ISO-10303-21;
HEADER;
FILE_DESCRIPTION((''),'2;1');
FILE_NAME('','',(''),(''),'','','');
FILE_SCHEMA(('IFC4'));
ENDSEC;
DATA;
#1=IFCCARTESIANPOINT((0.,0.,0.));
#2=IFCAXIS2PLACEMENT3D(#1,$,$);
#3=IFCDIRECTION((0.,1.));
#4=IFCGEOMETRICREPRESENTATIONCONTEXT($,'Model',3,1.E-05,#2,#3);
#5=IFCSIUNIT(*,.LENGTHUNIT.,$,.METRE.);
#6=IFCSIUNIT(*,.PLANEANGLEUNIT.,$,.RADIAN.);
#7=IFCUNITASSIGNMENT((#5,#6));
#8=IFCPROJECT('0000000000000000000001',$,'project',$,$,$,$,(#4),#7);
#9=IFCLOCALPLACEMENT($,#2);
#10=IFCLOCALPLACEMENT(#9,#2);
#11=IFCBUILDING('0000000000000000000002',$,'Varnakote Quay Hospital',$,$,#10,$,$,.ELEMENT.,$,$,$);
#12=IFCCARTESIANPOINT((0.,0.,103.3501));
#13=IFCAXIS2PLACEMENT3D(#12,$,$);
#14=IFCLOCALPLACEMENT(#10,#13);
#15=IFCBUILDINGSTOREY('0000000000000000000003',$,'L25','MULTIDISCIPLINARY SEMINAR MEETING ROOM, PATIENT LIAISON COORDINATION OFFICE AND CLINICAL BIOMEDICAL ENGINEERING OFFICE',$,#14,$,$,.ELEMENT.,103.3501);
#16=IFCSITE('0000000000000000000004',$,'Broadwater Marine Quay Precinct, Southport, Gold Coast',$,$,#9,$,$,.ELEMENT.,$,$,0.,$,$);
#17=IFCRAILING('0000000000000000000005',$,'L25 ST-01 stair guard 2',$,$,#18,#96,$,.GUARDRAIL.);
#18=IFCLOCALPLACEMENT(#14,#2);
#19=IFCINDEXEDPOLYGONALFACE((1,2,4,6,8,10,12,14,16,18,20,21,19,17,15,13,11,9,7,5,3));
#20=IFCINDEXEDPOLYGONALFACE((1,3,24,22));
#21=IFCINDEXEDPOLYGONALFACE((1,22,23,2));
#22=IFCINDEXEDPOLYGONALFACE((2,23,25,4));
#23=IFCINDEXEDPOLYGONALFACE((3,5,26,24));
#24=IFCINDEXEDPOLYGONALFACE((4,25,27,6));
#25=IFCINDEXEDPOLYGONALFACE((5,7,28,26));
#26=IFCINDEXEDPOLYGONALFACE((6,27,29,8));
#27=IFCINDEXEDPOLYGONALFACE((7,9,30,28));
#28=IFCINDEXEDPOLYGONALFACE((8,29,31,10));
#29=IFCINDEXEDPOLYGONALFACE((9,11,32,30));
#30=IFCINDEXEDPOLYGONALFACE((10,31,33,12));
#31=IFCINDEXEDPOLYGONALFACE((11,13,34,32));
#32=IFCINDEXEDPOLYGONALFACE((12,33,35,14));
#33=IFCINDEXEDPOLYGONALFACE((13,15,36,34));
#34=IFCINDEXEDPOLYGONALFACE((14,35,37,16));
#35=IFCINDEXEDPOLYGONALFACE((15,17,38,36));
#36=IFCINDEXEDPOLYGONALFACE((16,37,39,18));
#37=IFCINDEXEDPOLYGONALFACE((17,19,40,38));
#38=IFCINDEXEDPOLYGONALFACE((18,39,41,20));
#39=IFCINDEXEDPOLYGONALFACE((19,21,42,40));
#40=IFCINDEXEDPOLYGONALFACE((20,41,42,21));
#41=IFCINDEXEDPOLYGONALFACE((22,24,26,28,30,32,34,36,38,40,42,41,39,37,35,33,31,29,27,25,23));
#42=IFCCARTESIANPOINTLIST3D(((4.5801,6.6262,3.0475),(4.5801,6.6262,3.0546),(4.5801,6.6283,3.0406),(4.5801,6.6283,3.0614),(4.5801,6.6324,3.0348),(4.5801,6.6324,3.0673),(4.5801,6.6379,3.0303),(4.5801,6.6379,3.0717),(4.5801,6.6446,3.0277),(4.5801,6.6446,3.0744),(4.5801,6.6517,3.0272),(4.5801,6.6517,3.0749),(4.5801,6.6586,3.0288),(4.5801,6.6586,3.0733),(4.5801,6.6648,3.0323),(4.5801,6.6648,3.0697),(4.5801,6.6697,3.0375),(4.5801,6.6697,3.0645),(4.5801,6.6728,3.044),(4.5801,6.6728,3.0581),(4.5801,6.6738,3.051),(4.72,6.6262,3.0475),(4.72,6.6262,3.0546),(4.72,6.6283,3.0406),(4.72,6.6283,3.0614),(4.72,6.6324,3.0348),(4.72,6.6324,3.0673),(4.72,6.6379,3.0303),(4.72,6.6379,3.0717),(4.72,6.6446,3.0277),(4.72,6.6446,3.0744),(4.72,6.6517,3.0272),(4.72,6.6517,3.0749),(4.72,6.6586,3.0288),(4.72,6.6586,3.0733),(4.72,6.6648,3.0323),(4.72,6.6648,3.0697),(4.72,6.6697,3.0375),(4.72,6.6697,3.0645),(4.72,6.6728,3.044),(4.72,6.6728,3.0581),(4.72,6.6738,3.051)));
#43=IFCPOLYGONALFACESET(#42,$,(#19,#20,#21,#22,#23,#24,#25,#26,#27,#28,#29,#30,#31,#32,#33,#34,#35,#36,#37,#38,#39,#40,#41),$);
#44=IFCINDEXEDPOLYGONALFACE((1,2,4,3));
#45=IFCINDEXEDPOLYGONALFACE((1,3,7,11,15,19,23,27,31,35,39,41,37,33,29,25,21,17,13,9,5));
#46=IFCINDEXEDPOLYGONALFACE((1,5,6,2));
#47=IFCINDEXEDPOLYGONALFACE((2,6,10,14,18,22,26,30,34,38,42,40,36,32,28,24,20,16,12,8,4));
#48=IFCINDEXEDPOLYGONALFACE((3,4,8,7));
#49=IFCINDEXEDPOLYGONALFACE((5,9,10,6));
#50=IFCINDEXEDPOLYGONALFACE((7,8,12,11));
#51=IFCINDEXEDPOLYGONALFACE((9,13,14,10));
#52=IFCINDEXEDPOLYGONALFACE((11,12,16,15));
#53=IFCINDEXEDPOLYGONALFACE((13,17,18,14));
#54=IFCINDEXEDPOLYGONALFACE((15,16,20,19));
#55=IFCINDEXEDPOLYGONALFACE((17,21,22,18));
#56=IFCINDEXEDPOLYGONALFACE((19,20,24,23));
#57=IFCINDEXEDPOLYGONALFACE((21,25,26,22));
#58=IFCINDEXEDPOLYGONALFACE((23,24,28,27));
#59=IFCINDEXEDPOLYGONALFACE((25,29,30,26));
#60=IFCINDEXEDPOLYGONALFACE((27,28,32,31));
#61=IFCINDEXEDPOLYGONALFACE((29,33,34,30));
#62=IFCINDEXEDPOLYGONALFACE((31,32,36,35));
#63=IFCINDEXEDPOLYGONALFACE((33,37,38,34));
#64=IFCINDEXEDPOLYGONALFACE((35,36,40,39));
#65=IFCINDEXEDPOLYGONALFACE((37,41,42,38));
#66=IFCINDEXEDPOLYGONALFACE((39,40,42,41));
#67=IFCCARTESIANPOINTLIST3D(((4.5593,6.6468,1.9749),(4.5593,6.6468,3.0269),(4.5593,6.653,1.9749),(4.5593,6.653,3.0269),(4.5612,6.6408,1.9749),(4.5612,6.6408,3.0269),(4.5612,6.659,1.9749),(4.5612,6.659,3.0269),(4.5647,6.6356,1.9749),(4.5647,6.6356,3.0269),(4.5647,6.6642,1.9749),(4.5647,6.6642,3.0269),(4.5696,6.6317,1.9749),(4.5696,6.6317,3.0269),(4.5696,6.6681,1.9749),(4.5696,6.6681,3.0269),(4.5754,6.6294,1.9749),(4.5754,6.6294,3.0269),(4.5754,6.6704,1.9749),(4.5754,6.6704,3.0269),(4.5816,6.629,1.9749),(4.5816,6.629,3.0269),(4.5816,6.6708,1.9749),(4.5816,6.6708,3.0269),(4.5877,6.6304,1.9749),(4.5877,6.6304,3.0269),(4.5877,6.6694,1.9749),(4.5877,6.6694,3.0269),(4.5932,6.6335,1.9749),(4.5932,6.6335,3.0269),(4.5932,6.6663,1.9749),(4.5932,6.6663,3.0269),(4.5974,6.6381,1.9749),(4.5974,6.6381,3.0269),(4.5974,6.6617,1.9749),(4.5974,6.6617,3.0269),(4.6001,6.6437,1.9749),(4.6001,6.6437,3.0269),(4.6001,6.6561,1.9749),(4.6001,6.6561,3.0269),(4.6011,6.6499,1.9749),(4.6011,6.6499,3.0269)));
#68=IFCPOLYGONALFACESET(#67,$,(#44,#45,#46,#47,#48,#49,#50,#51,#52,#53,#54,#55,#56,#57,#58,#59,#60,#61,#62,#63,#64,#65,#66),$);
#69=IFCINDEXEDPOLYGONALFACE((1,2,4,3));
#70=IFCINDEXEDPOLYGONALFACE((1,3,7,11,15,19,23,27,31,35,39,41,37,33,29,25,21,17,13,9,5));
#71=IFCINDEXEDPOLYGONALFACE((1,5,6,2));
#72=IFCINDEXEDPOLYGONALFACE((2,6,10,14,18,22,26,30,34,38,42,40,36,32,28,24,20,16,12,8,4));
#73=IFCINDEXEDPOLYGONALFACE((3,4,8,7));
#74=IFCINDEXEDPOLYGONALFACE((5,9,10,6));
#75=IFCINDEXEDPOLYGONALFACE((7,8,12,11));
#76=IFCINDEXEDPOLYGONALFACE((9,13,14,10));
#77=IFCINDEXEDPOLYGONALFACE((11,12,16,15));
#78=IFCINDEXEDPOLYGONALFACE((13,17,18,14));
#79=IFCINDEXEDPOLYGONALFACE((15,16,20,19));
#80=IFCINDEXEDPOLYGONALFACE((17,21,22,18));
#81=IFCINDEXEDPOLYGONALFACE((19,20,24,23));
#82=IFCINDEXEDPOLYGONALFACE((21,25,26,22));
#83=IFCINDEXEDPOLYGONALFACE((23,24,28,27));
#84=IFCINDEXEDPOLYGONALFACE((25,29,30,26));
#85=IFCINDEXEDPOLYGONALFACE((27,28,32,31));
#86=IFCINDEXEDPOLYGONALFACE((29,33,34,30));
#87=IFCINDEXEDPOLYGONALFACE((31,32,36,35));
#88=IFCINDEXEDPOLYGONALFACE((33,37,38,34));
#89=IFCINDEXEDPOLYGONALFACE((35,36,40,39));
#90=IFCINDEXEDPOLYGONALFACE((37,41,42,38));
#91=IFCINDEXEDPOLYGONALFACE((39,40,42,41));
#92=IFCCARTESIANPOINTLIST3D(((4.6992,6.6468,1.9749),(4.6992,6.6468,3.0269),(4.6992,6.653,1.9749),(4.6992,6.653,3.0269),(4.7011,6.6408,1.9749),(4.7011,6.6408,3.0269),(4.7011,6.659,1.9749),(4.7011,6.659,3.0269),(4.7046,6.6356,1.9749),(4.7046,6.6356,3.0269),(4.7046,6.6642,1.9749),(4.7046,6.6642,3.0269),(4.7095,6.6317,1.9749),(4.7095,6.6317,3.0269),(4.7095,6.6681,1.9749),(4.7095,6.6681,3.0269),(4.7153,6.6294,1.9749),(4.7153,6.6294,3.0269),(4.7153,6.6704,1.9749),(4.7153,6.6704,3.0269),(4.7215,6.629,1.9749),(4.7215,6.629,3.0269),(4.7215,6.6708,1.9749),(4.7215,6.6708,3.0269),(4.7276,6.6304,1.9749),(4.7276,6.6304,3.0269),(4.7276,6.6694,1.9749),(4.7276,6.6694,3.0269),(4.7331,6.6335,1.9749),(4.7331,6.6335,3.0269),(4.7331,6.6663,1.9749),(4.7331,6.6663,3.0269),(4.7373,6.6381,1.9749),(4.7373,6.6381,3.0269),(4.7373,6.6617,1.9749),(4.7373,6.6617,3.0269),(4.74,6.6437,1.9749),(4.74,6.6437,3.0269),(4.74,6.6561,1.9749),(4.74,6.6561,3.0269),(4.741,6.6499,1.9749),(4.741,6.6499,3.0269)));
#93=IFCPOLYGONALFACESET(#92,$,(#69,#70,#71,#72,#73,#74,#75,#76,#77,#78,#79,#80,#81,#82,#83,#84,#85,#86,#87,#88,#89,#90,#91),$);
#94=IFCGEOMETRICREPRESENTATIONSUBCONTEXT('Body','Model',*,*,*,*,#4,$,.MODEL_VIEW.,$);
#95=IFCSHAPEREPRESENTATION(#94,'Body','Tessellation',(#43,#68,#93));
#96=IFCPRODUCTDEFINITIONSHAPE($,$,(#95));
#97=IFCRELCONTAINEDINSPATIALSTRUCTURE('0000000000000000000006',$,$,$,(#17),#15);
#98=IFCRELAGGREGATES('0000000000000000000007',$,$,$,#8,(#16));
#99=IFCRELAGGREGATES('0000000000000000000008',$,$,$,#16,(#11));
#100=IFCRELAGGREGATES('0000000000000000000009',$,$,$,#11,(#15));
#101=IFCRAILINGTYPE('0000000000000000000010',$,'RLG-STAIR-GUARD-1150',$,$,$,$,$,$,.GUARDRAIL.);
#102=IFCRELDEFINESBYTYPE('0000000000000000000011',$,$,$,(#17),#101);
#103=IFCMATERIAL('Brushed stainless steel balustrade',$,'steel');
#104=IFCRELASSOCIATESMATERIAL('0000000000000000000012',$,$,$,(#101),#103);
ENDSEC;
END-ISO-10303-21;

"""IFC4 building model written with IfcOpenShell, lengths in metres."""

from ifc_helpers import new_model, si_unit, direction, frame, origin, origin_2d, place, context, subcontext, project, spatial, circle, extrude, material, type_object, element, save


model = new_model("IFC4")

# Units and contexts
model_context = context("Model", 3, precision=1e-05, world=origin(), true_north=direction((0.0, 1.0)))
body_context = subcontext(model_context, "Body", "Model", "MODEL_VIEW")
ifc_project = project(units=[si_unit("LENGTHUNIT", "METRE"), si_unit("PLANEANGLEUNIT", "RADIAN")], contexts=[model_context])

# Site, building, storey
site_placement = place(None, origin())
site = spatial("IfcSite", under=ifc_project, at=site_placement, Name="Broadwater Marine Quay Precinct, Southport, Gold Coast", CompositionType="ELEMENT", RefElevation=0.0)
building_placement = place(site_placement, origin())
building = spatial("IfcBuilding", under=site, at=building_placement, Name="Varnakote Quay Hospital", CompositionType="ELEMENT")
storey_placement = place(building_placement, frame((0.0, 0.0, 103.3501)))
storey = spatial("IfcBuildingStorey", under=building, at=storey_placement, Name="L25", Description="MULTIDISCIPLINARY SEMINAR MEETING ROOM, PATIENT LIAISON COORDINATION OFFICE AND CLINICAL BIOMEDICAL ENGINEERING OFFICE", CompositionType="ELEMENT", Elevation=103.3501)

# Railing
ifc_material_1 = material(Name="Brushed stainless steel balustrade", Category="steel")
railing_type_1 = type_object("IfcRailingType", Name="RLG-STAIR-GUARD-1150", PredefinedType="GUARDRAIL", material=ifc_material_1)
railing_1_placement = place(storey_placement, frame((4.5801, 6.6499, 1.9749)))
element("IfcRailing", 1, at=railing_1_placement, inside=storey, type_object=railing_type_1, Name="L25 ST-01 stair guard 2", PredefinedType="GUARDRAIL", context=body_context, shape_type="SweptSolid", body=[
    extrude(circle(Radius=0.0239, at=origin_2d()), frame((0.0, 0.0, 1.0762), z_axis=(1.0, 0.0, 0.0), x_axis=(0.0, 1.0, 0.0)), (0.0, 0.0, 1.0), 0.1399),
    extrude(circle(Radius=0.021, at=origin_2d()), origin(), (0.0, 0.0, 1.0), 1.052),
    extrude(circle(Radius=0.021, at=origin_2d()), frame((0.1399, 0.0, 0.0)), (0.0, 0.0, 1.0), 1.052),
])

save(model, "model.ifc")
